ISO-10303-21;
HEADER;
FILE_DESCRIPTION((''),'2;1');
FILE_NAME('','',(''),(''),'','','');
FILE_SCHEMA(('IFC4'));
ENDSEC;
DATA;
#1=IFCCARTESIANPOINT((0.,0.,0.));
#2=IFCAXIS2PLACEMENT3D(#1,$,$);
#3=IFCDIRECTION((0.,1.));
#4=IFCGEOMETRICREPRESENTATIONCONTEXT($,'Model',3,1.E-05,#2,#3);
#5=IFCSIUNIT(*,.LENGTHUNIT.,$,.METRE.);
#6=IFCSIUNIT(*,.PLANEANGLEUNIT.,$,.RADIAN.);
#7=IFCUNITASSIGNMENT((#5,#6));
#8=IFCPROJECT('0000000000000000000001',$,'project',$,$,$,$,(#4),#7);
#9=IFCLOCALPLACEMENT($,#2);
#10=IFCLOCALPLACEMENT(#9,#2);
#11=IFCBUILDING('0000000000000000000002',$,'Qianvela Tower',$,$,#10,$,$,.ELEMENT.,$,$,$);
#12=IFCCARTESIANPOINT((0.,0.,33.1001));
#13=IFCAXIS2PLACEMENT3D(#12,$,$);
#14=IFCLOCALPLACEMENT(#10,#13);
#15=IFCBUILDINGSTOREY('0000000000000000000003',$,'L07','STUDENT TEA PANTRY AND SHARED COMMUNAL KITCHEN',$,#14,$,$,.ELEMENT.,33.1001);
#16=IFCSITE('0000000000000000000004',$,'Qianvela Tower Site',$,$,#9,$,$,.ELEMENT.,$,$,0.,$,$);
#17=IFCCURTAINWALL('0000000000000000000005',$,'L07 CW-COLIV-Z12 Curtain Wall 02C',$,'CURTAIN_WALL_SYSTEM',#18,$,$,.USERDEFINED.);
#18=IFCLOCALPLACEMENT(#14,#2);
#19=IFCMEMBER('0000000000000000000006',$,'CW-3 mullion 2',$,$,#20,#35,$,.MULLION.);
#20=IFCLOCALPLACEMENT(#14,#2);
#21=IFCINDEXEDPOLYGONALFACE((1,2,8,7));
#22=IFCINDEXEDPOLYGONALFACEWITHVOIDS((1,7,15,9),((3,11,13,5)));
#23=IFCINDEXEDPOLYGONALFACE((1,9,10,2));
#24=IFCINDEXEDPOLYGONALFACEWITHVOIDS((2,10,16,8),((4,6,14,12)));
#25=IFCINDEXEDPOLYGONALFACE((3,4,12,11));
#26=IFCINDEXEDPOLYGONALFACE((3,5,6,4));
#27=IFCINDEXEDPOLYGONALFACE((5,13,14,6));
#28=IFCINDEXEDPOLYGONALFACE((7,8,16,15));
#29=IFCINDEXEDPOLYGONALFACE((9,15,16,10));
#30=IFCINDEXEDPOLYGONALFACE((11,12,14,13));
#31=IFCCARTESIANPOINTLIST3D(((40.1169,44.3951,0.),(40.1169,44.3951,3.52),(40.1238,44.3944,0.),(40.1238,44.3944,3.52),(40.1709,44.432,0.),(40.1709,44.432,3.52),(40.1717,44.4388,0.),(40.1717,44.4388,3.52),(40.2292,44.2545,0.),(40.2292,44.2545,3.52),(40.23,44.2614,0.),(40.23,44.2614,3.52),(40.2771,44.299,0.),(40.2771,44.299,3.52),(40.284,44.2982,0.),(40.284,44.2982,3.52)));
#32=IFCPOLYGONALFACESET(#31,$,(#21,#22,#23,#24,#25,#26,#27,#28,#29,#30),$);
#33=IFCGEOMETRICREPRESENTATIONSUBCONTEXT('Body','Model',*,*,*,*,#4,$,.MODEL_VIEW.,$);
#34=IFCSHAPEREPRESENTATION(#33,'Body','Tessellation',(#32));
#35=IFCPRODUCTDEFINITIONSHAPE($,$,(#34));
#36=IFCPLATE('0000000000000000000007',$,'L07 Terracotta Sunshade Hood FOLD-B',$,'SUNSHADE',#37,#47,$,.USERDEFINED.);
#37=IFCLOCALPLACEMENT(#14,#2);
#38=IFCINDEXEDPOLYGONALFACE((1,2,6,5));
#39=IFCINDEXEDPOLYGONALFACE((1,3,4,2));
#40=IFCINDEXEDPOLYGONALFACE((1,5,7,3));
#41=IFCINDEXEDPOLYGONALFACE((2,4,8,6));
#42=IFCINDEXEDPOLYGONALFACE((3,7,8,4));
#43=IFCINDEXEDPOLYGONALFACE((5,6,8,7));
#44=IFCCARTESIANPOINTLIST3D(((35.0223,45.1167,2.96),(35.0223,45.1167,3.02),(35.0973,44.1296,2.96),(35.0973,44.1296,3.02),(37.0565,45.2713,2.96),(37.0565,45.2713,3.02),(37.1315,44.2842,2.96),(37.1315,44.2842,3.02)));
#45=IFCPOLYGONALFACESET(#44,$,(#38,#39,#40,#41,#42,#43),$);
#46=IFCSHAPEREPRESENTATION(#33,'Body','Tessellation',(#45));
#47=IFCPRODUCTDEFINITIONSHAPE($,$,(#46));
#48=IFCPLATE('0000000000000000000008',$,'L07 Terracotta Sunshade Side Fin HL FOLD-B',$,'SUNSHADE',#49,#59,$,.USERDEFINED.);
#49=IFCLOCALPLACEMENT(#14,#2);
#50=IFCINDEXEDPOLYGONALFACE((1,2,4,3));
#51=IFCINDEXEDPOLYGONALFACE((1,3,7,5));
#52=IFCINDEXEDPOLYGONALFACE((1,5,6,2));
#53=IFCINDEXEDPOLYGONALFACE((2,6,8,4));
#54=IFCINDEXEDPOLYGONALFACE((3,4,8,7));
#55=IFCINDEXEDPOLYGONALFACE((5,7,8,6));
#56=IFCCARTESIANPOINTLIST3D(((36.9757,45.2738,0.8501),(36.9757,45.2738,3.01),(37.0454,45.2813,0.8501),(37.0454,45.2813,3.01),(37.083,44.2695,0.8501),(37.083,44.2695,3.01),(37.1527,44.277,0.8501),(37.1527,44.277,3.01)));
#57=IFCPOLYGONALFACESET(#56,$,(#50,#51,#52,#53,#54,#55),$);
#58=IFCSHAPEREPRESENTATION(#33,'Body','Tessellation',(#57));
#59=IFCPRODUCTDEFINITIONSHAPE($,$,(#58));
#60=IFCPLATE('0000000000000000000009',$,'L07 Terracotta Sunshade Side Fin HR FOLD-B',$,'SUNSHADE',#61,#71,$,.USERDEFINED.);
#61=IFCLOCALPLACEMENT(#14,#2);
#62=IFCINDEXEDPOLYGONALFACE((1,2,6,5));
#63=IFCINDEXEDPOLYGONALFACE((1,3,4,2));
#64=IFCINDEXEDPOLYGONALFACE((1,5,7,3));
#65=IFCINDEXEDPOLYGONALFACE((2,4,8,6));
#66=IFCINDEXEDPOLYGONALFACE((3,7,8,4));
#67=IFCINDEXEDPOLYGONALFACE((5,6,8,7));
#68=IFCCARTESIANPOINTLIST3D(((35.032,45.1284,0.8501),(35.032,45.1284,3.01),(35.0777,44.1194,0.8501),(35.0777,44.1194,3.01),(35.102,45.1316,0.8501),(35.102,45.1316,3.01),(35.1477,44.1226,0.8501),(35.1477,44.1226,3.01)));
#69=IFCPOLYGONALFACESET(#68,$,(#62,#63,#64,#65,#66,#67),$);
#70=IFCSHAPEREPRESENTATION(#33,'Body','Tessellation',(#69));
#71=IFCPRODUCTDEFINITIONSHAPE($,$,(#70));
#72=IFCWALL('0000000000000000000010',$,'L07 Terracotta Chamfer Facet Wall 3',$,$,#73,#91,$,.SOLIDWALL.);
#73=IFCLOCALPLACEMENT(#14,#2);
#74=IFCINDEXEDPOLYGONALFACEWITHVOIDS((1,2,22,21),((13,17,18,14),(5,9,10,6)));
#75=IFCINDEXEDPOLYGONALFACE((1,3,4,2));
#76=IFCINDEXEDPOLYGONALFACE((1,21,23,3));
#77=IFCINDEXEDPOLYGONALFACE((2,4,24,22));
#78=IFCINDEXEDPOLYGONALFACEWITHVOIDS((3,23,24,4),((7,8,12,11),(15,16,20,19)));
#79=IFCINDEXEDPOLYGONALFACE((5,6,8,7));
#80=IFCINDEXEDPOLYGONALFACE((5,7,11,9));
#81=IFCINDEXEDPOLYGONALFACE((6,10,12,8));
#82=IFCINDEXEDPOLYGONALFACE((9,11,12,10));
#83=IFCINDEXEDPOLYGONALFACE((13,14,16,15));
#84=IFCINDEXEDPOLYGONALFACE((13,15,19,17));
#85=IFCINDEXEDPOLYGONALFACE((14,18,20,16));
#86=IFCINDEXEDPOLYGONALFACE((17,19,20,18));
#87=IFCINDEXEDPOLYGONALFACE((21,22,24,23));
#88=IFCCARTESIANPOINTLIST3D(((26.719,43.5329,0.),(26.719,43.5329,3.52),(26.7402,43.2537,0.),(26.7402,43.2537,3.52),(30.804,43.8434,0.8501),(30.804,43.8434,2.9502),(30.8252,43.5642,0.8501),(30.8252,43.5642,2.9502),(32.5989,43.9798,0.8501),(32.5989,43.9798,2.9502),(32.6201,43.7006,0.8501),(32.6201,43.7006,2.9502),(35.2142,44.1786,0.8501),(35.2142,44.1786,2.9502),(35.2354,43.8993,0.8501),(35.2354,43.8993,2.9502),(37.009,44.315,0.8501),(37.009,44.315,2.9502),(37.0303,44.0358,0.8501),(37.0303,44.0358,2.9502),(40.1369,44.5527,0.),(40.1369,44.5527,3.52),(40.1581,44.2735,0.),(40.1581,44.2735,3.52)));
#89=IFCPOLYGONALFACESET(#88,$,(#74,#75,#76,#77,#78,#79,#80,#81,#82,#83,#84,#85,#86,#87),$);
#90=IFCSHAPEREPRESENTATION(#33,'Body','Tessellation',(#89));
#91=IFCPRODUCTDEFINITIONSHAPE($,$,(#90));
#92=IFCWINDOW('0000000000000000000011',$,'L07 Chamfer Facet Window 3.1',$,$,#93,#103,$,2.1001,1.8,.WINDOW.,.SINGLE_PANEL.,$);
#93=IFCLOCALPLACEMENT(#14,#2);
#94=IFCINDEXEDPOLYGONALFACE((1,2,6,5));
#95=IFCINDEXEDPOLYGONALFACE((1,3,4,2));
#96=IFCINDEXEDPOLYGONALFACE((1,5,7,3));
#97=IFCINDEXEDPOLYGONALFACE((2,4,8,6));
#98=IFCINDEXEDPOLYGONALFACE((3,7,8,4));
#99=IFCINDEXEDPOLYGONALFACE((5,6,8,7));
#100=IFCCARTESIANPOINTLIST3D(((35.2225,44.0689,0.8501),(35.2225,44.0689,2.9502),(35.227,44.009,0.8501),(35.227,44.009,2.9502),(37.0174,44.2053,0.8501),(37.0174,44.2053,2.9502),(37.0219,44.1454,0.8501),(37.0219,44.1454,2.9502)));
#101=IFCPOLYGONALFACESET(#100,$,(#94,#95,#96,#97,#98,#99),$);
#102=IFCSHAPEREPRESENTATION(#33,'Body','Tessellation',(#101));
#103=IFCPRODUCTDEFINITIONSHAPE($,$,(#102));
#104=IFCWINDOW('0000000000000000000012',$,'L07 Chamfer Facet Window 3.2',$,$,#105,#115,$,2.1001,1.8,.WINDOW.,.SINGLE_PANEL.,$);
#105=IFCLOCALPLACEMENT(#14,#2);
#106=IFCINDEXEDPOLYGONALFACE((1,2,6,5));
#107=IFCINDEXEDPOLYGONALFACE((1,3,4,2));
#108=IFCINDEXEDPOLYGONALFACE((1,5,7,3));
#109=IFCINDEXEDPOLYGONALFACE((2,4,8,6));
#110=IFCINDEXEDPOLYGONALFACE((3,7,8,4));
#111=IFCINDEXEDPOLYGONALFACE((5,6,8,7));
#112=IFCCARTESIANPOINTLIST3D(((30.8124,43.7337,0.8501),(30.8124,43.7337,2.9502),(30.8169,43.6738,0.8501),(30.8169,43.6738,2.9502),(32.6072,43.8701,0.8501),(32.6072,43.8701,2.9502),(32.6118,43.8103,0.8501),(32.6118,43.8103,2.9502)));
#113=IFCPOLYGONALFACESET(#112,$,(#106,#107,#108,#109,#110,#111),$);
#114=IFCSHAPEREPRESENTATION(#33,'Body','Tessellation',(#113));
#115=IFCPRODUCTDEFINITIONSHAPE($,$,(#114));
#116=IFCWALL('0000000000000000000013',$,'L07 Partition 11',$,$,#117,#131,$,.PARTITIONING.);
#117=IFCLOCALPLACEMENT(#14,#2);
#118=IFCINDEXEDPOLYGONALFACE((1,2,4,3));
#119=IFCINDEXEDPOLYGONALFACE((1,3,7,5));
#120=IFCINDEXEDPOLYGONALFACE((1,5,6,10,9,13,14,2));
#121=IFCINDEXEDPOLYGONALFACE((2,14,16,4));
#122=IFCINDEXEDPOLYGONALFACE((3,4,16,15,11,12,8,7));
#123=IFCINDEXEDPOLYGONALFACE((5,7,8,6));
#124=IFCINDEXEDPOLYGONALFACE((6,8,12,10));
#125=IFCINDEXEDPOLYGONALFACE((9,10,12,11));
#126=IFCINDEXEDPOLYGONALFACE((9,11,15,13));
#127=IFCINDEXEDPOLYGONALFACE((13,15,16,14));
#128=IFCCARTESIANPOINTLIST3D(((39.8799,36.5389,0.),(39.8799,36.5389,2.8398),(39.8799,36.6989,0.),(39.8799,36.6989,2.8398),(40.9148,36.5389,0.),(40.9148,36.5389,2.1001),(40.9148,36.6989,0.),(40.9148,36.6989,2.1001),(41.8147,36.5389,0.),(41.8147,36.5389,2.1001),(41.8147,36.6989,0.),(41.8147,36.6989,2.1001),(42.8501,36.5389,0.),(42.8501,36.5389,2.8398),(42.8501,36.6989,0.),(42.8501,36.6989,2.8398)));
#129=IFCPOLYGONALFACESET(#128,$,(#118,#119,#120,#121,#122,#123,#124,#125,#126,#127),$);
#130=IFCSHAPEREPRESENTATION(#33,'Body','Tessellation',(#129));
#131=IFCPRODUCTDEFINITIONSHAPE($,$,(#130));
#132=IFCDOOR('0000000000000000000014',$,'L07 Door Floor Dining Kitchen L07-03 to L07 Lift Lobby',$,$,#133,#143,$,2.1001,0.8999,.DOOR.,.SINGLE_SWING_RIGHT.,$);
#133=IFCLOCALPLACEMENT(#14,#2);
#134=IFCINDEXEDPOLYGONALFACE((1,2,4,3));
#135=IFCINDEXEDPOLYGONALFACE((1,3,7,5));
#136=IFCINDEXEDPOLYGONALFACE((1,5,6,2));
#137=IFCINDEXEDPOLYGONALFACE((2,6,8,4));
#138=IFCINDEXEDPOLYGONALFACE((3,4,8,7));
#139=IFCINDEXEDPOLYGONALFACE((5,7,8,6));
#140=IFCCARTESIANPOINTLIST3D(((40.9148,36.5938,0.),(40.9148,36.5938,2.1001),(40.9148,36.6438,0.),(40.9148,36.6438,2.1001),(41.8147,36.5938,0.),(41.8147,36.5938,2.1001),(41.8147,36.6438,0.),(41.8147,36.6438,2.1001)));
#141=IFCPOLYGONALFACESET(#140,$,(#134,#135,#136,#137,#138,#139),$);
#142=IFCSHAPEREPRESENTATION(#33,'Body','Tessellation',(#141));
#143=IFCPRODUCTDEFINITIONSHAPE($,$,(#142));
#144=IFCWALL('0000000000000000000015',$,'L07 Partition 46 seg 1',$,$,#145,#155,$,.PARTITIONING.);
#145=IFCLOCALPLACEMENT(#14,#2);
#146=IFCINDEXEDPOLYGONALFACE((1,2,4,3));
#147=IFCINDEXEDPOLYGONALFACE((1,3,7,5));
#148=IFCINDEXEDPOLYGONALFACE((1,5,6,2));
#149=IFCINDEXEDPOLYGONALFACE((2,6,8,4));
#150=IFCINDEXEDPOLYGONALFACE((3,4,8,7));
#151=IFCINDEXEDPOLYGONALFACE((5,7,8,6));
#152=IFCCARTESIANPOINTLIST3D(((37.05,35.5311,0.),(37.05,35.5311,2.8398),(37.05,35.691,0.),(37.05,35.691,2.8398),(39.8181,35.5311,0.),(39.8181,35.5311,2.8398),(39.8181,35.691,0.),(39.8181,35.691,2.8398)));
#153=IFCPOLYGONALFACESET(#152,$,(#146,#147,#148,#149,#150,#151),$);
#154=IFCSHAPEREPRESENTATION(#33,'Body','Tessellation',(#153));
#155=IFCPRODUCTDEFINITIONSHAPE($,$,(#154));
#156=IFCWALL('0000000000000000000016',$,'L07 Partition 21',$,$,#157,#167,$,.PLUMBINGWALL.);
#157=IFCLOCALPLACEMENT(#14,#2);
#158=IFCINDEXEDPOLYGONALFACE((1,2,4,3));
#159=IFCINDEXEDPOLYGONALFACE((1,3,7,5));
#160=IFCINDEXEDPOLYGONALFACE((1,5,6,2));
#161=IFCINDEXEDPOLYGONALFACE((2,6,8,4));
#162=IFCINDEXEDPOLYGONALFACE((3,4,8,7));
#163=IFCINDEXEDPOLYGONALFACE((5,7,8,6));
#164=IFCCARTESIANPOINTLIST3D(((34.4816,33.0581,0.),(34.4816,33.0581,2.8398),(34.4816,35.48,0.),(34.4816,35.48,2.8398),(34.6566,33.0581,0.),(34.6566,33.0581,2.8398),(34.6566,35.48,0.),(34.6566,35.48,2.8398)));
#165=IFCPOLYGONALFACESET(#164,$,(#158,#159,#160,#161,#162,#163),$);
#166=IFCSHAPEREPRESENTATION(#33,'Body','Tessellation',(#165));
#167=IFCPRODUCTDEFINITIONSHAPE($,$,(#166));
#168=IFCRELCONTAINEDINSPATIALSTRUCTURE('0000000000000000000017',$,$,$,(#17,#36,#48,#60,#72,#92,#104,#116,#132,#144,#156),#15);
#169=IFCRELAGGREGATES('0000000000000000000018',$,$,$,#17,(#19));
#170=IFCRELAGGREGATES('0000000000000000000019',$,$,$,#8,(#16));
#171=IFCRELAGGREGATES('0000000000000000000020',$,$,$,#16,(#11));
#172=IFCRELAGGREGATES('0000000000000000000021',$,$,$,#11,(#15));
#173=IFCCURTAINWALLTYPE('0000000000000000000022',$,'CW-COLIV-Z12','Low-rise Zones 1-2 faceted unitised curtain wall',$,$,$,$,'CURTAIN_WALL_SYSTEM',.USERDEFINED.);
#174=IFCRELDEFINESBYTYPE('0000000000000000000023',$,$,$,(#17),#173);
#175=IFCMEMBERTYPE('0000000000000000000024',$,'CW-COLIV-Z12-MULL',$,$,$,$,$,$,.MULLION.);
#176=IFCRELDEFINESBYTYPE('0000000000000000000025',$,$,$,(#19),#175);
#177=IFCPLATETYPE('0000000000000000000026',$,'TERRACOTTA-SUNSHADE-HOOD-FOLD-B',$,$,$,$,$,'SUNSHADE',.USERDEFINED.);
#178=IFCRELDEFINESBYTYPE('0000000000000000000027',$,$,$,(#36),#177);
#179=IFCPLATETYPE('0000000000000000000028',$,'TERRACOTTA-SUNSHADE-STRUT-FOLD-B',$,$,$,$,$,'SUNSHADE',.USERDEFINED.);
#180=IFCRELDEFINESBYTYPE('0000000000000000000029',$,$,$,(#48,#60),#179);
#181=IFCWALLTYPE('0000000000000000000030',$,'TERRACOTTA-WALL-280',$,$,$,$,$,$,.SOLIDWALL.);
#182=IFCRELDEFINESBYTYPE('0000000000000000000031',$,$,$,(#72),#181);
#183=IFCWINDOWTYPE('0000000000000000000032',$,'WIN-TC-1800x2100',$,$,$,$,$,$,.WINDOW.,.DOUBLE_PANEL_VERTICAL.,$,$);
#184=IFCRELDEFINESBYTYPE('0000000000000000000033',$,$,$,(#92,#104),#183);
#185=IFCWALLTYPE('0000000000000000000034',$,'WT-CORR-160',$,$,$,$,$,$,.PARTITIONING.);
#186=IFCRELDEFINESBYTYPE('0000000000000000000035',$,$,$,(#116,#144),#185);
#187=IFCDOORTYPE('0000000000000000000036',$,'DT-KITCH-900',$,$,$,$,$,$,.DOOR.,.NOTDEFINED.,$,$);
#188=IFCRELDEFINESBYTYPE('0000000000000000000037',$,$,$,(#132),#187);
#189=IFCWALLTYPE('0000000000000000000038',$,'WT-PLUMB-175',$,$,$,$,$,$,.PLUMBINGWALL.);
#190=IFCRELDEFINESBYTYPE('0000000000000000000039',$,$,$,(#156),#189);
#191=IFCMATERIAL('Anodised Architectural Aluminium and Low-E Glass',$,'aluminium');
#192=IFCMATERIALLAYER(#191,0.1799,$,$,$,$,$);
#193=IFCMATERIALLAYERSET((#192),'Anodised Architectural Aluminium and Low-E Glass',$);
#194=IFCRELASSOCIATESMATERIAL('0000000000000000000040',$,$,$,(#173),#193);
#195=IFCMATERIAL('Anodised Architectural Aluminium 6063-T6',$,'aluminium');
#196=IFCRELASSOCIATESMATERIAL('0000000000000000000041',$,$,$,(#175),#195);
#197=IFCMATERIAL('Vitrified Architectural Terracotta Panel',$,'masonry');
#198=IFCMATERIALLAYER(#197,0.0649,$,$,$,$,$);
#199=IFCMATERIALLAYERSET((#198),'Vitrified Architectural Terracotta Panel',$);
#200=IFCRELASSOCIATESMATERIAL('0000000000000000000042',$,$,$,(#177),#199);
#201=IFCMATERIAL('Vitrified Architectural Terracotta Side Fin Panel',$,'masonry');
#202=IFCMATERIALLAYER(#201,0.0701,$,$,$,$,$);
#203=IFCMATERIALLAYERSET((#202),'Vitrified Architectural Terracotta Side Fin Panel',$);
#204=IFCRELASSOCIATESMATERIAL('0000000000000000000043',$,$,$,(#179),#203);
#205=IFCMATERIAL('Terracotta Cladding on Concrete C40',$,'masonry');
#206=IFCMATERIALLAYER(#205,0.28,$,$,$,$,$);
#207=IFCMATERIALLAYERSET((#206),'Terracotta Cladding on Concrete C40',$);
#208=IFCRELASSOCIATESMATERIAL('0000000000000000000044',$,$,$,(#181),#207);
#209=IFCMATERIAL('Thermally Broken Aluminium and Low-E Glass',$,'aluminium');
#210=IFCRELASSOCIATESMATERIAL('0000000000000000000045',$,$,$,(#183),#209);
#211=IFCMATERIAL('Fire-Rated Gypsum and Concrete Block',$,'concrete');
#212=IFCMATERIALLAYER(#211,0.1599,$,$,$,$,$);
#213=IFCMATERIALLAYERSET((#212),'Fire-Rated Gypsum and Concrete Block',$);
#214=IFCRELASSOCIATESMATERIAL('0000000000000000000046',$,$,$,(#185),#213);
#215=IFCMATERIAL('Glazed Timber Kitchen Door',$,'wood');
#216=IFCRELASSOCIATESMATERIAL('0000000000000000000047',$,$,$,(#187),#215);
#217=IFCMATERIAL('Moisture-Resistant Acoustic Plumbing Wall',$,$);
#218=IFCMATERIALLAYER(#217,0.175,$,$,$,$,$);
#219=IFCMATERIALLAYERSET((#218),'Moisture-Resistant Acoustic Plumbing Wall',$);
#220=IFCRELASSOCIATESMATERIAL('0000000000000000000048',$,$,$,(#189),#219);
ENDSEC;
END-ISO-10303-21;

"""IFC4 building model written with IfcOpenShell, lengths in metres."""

from ifc_helpers import new_model, si_unit, direction, frame, frame_2d, origin, origin_2d, place, context, subcontext, project, spatial, rectangle, hollow_rectangle, extrude, material, layer, layer_set, material_profile, profile_set, type_object, element, fill, aggregate, save


model = new_model("IFC4")

# Units and contexts
model_context = context("Model", 3, precision=1e-05, world=origin(), true_north=direction((0.0, 1.0)))
body_context = subcontext(model_context, "Body", "Model", "MODEL_VIEW")
ifc_project = project(units=[si_unit("LENGTHUNIT", "METRE"), si_unit("PLANEANGLEUNIT", "RADIAN")], contexts=[model_context])

# Site, building, storey
site_placement = place(None, origin())
site = spatial("IfcSite", under=ifc_project, at=site_placement, Name="Qianvela Tower Site", CompositionType="ELEMENT", RefElevation=0.0)
building_placement = place(site_placement, origin())
building = spatial("IfcBuilding", under=site, at=building_placement, Name="Qianvela Tower", CompositionType="ELEMENT")
storey_placement = place(building_placement, frame((0.0, 0.0, 33.1001)))
storey = spatial("IfcBuildingStorey", under=building, at=storey_placement, Name="L07", Description="STUDENT TEA PANTRY AND SHARED COMMUNAL KITCHEN", CompositionType="ELEMENT", Elevation=33.1001)

# Curtain wall, member
ifc_material_1 = material(Name="Anodised Architectural Aluminium and Low-E Glass", Category="aluminium")
ifc_layer_1 = layer(ifc_material_1, 0.1799)
ifc_layer_set_1 = layer_set([ifc_layer_1], Name="Anodised Architectural Aluminium and Low-E Glass")
curtain_wall_type = type_object("IfcCurtainWallType", Name="CW-COLIV-Z12", Description="Low-rise Zones 1-2 faceted unitised curtain wall", ElementType="CURTAIN_WALL_SYSTEM", PredefinedType="USERDEFINED", material=ifc_layer_set_1)
curtain_wall_placement = place(storey_placement, origin())
curtain_wall = element("IfcCurtainWall", 1, at=curtain_wall_placement, inside=storey, type_object=curtain_wall_type, Name="L07 CW-COLIV-Z12 Curtain Wall 02C", ObjectType="CURTAIN_WALL_SYSTEM", PredefinedType="USERDEFINED")
ifc_material_2 = material(Name="Anodised Architectural Aluminium 6063-T6", Category="aluminium")
ifc_material_profile_1 = material_profile(ifc_material_2, hollow_rectangle(XDim=0.0701, YDim=0.1799, WallThickness=0.0049, at=origin_2d()), Name="ALU-MULL-70x180")
ifc_profile_set_1 = profile_set([ifc_material_profile_1], Name="Anodised Architectural Aluminium 6063-T6")
member_type = type_object("IfcMemberType", Name="CW-COLIV-Z12-MULL", PredefinedType="MULLION", material=ifc_profile_set_1)
member_placement = place(storey_placement, frame((40.2004, 44.3467, 0.0), z_axis=(0.0, 0.0, 1.0), x_axis=(-0.781446, -0.623973, 0.0)))
member = element("IfcMember", 2, at=member_placement, type_object=member_type, Name="CW-3 mullion 2", PredefinedType="MULLION", context=body_context, shape_type="SweptSolid", body=[
    extrude(hollow_rectangle(XDim=0.0701, YDim=0.1799, WallThickness=0.0049, at=origin_2d()), origin(), (0.0, 0.0, 1.0), 3.52),
])
aggregate(curtain_wall, [member])

# Plates
ifc_material_3 = material(Name="Vitrified Architectural Terracotta Panel", Category="masonry")
ifc_layer_2 = layer(ifc_material_3, 0.0649)
ifc_layer_set_2 = layer_set([ifc_layer_2], Name="Vitrified Architectural Terracotta Panel")
plate_type_1 = type_object("IfcPlateType", Name="TERRACOTTA-SUNSHADE-HOOD-FOLD-B", ElementType="SUNSHADE", PredefinedType="USERDEFINED", material=ifc_layer_set_2)
plate_placement = place(storey_placement, frame((36.0769, 44.7004, 2.96), z_axis=(0.0, 0.0, 1.0), x_axis=(-0.997125, -0.075776, 0.0)))
element("IfcPlate", 3, at=plate_placement, inside=storey, type_object=plate_type_1, Name="L07 Terracotta Sunshade Hood FOLD-B", ObjectType="SUNSHADE", PredefinedType="USERDEFINED", context=body_context, shape_type="SweptSolid", body=[
    extrude(rectangle(XDim=2.04, YDim=0.99, at=origin_2d()), origin(), (0.0, 0.0, 1.0), 0.0601),
])
ifc_material_4 = material(Name="Vitrified Architectural Terracotta Side Fin Panel", Category="masonry")
ifc_layer_3 = layer(ifc_material_4, 0.0701)
ifc_layer_set_3 = layer_set([ifc_layer_3], Name="Vitrified Architectural Terracotta Side Fin Panel")
plate_type_2 = type_object("IfcPlateType", Name="TERRACOTTA-SUNSHADE-STRUT-FOLD-B", ElementType="SUNSHADE", PredefinedType="USERDEFINED", material=ifc_layer_set_3)
for number, where, z_axis, x_axis, name in (
    (4, (37.0642, 44.7754, 0.8501), (0.0, 0.0, 1.0), (-0.994346, -0.106191, 0.0), "L07 Terracotta Sunshade Side Fin HL FOLD-B"),
    (5, (35.0898, 44.6255, 0.8501), (0.0, 0.0, 1.0), (-0.998974, -0.04529, 0.0), "L07 Terracotta Sunshade Side Fin HR FOLD-B"),
):
    element("IfcPlate", number, at=place(storey_placement, frame(where, z_axis=z_axis, x_axis=x_axis)), inside=storey, type_object=plate_type_2, Name=name, ObjectType="SUNSHADE", PredefinedType="USERDEFINED", context=body_context, shape_type="SweptSolid", body=[
        extrude(rectangle(XDim=0.0701, YDim=1.01, at=origin_2d()), origin(), (0.0, 0.0, 1.0), 2.1599),
    ])

# Wall, openings, windows
ifc_material_5 = material(Name="Terracotta Cladding on Concrete C40", Category="masonry")
ifc_layer_4 = layer(ifc_material_5, 0.28)
ifc_layer_set_4 = layer_set([ifc_layer_4], Name="Terracotta Cladding on Concrete C40")
wall_type_1 = type_object("IfcWallType", Name="TERRACOTTA-WALL-280", PredefinedType="SOLIDWALL", material=ifc_layer_set_4)
wall_1_placement = place(storey_placement, frame((40.1475, 44.4131, 0.0), z_axis=(0.0, 0.0, 1.0), x_axis=(-0.997124, -0.075782, 0.0)))
wall_1 = element("IfcWall", 6, at=wall_1_placement, inside=storey, type_object=wall_type_1, Name="L07 Terracotta Chamfer Facet Wall 3", PredefinedType="SOLIDWALL", context=body_context, shape_type="SweptSolid", body=[
    extrude(rectangle(XDim=13.4565, YDim=0.28, at=frame_2d((6.7283, 0.0))), origin(), (0.0, 0.0, 1.0), 3.52),
])
opening_1_placement = place(wall_1_placement, frame((3.137, 0.0, 0.8501)))
opening_1 = element("IfcOpeningElement", 7, at=opening_1_placement, cuts=wall_1, PredefinedType="OPENING", context=body_context, shape_type="SweptSolid", body=[
    extrude(rectangle(XDim=1.8, YDim=2.1001, at=frame_2d((0.8999, 1.05))), frame((0.0, 0.1499, 0.0), z_axis=(0.0, -1.0, 0.0), x_axis=(1.0, 0.0, 0.0)), (0.0, 0.0, 1.0), 0.3),
])
opening_2_placement = place(wall_1_placement, frame((7.5598, 0.0, 0.8501)))
opening_2 = element("IfcOpeningElement", 8, at=opening_2_placement, cuts=wall_1, PredefinedType="OPENING", context=body_context, shape_type="SweptSolid", body=[
    extrude(rectangle(XDim=1.8, YDim=2.1001, at=frame_2d((0.8999, 1.05))), frame((0.0, 0.1499, 0.0), z_axis=(0.0, -1.0, 0.0), x_axis=(1.0, 0.0, 0.0)), (0.0, 0.0, 1.0), 0.3),
])
ifc_material_6 = material(Name="Thermally Broken Aluminium and Low-E Glass", Category="aluminium")
window_type = type_object("IfcWindowType", Name="WIN-TC-1800x2100", PartitioningType="DOUBLE_PANEL_VERTICAL", PredefinedType="WINDOW", material=ifc_material_6)
window_1_placement = place(opening_1_placement, origin())
window_1 = element("IfcWindow", 9, at=window_1_placement, inside=storey, type_object=window_type, Name="L07 Chamfer Facet Window 3.1", OverallHeight=2.1001, OverallWidth=1.8, PartitioningType="SINGLE_PANEL", PredefinedType="WINDOW", context=body_context, shape_type="SweptSolid", body=[
    extrude(rectangle(XDim=1.8, YDim=2.1001, at=frame_2d((0.8999, 1.05))), frame((0.0, 0.03, 0.0), z_axis=(0.0, -1.0, 0.0), x_axis=(1.0, 0.0, 0.0)), (0.0, 0.0, 1.0), 0.0601),
])
fill(opening_1, window_1)
window_2_placement = place(opening_2_placement, origin())
window_2 = element("IfcWindow", 10, at=window_2_placement, inside=storey, type_object=window_type, Name="L07 Chamfer Facet Window 3.2", OverallHeight=2.1001, OverallWidth=1.8, PartitioningType="SINGLE_PANEL", PredefinedType="WINDOW", context=body_context, shape_type="SweptSolid", body=[
    extrude(rectangle(XDim=1.8, YDim=2.1001, at=frame_2d((0.8999, 1.05))), frame((0.0, 0.03, 0.0), z_axis=(0.0, -1.0, 0.0), x_axis=(1.0, 0.0, 0.0)), (0.0, 0.0, 1.0), 0.0601),
])
fill(opening_2, window_2)

# Wall, opening, door
ifc_material_7 = material(Name="Fire-Rated Gypsum and Concrete Block", Category="concrete")
ifc_layer_5 = layer(ifc_material_7, 0.1599)
ifc_layer_set_5 = layer_set([ifc_layer_5], Name="Fire-Rated Gypsum and Concrete Block")
wall_type_2 = type_object("IfcWallType", Name="WT-CORR-160", PredefinedType="PARTITIONING", material=ifc_layer_set_5)
wall_2_placement = place(storey_placement, frame((39.8799, 36.6189, 0.0), z_axis=(0.0, 0.0, 1.0), x_axis=(1.0, 0.0, 0.0)))
wall_2 = element("IfcWall", 11, at=wall_2_placement, inside=storey, type_object=wall_type_2, Name="L07 Partition 11", PredefinedType="PARTITIONING", context=body_context, shape_type="SweptSolid", body=[
    extrude(rectangle(XDim=2.9702, YDim=0.1599, at=frame_2d((1.4851, 0.0))), origin(), (0.0, 0.0, 1.0), 2.8398),
])
opening_3_placement = place(wall_2_placement, frame((1.0349, 0.0, 0.0)))
opening_3 = element("IfcOpeningElement", 12, at=opening_3_placement, cuts=wall_2, PredefinedType="OPENING", context=body_context, shape_type="SweptSolid", body=[
    extrude(rectangle(XDim=0.8999, YDim=2.1001, at=frame_2d((0.45, 1.05))), frame((0.0, 0.0898, 0.0), z_axis=(0.0, -1.0, 0.0), x_axis=(1.0, 0.0, 0.0)), (0.0, 0.0, 1.0), 0.1799),
])
ifc_material_8 = material(Name="Glazed Timber Kitchen Door", Category="wood")
door_type = type_object("IfcDoorType", Name="DT-KITCH-900", OperationType="NOTDEFINED", PredefinedType="DOOR", material=ifc_material_8)
door_placement = place(opening_3_placement, origin())
door = element("IfcDoor", 13, at=door_placement, inside=storey, type_object=door_type, Name="L07 Door Floor Dining Kitchen L07-03 to L07 Lift Lobby", OperationType="SINGLE_SWING_RIGHT", OverallHeight=2.1001, OverallWidth=0.8999, PredefinedType="DOOR", context=body_context, shape_type="SweptSolid", body=[
    extrude(rectangle(XDim=0.8999, YDim=2.1001, at=frame_2d((0.45, 1.05))), frame((0.0, 0.0249, 0.0), z_axis=(0.0, -1.0, 0.0), x_axis=(1.0, 0.0, 0.0)), (0.0, 0.0, 1.0), 0.05),
])
fill(opening_3, door)

# Walls
wall_3_placement = place(storey_placement, frame((39.8181, 35.6111, 0.0), z_axis=(0.0, 0.0, 1.0), x_axis=(-1.0, 0.0, 0.0)))
element("IfcWall", 14, at=wall_3_placement, inside=storey, type_object=wall_type_2, Name="L07 Partition 46 seg 1", PredefinedType="PARTITIONING", context=body_context, shape_type="SweptSolid", body=[
    extrude(rectangle(XDim=2.7681, YDim=0.1599, at=frame_2d((1.384, 0.0))), origin(), (0.0, 0.0, 1.0), 2.8398),
])
ifc_material_9 = material(Name="Moisture-Resistant Acoustic Plumbing Wall")
ifc_layer_6 = layer(ifc_material_9, 0.175)
ifc_layer_set_6 = layer_set([ifc_layer_6], Name="Moisture-Resistant Acoustic Plumbing Wall")
wall_type_3 = type_object("IfcWallType", Name="WT-PLUMB-175", PredefinedType="PLUMBINGWALL", material=ifc_layer_set_6)
for number, where, z_axis, x_axis, name in (
    (15, (34.5691, 35.48, 0.0), (0.0, 0.0, 1.0), (0.0, -1.0, 0.0), "L07 Partition 21"),
):
    element("IfcWall", number, at=place(storey_placement, frame(where, z_axis=z_axis, x_axis=x_axis)), inside=storey, type_object=wall_type_3, Name=name, PredefinedType="PLUMBINGWALL", context=body_context, shape_type="SweptSolid", body=[
        extrude(rectangle(XDim=2.4219, YDim=0.175, at=frame_2d((1.2109, 0.0))), origin(), (0.0, 0.0, 1.0), 2.8398),
    ])

save(model, "model.ifc")
